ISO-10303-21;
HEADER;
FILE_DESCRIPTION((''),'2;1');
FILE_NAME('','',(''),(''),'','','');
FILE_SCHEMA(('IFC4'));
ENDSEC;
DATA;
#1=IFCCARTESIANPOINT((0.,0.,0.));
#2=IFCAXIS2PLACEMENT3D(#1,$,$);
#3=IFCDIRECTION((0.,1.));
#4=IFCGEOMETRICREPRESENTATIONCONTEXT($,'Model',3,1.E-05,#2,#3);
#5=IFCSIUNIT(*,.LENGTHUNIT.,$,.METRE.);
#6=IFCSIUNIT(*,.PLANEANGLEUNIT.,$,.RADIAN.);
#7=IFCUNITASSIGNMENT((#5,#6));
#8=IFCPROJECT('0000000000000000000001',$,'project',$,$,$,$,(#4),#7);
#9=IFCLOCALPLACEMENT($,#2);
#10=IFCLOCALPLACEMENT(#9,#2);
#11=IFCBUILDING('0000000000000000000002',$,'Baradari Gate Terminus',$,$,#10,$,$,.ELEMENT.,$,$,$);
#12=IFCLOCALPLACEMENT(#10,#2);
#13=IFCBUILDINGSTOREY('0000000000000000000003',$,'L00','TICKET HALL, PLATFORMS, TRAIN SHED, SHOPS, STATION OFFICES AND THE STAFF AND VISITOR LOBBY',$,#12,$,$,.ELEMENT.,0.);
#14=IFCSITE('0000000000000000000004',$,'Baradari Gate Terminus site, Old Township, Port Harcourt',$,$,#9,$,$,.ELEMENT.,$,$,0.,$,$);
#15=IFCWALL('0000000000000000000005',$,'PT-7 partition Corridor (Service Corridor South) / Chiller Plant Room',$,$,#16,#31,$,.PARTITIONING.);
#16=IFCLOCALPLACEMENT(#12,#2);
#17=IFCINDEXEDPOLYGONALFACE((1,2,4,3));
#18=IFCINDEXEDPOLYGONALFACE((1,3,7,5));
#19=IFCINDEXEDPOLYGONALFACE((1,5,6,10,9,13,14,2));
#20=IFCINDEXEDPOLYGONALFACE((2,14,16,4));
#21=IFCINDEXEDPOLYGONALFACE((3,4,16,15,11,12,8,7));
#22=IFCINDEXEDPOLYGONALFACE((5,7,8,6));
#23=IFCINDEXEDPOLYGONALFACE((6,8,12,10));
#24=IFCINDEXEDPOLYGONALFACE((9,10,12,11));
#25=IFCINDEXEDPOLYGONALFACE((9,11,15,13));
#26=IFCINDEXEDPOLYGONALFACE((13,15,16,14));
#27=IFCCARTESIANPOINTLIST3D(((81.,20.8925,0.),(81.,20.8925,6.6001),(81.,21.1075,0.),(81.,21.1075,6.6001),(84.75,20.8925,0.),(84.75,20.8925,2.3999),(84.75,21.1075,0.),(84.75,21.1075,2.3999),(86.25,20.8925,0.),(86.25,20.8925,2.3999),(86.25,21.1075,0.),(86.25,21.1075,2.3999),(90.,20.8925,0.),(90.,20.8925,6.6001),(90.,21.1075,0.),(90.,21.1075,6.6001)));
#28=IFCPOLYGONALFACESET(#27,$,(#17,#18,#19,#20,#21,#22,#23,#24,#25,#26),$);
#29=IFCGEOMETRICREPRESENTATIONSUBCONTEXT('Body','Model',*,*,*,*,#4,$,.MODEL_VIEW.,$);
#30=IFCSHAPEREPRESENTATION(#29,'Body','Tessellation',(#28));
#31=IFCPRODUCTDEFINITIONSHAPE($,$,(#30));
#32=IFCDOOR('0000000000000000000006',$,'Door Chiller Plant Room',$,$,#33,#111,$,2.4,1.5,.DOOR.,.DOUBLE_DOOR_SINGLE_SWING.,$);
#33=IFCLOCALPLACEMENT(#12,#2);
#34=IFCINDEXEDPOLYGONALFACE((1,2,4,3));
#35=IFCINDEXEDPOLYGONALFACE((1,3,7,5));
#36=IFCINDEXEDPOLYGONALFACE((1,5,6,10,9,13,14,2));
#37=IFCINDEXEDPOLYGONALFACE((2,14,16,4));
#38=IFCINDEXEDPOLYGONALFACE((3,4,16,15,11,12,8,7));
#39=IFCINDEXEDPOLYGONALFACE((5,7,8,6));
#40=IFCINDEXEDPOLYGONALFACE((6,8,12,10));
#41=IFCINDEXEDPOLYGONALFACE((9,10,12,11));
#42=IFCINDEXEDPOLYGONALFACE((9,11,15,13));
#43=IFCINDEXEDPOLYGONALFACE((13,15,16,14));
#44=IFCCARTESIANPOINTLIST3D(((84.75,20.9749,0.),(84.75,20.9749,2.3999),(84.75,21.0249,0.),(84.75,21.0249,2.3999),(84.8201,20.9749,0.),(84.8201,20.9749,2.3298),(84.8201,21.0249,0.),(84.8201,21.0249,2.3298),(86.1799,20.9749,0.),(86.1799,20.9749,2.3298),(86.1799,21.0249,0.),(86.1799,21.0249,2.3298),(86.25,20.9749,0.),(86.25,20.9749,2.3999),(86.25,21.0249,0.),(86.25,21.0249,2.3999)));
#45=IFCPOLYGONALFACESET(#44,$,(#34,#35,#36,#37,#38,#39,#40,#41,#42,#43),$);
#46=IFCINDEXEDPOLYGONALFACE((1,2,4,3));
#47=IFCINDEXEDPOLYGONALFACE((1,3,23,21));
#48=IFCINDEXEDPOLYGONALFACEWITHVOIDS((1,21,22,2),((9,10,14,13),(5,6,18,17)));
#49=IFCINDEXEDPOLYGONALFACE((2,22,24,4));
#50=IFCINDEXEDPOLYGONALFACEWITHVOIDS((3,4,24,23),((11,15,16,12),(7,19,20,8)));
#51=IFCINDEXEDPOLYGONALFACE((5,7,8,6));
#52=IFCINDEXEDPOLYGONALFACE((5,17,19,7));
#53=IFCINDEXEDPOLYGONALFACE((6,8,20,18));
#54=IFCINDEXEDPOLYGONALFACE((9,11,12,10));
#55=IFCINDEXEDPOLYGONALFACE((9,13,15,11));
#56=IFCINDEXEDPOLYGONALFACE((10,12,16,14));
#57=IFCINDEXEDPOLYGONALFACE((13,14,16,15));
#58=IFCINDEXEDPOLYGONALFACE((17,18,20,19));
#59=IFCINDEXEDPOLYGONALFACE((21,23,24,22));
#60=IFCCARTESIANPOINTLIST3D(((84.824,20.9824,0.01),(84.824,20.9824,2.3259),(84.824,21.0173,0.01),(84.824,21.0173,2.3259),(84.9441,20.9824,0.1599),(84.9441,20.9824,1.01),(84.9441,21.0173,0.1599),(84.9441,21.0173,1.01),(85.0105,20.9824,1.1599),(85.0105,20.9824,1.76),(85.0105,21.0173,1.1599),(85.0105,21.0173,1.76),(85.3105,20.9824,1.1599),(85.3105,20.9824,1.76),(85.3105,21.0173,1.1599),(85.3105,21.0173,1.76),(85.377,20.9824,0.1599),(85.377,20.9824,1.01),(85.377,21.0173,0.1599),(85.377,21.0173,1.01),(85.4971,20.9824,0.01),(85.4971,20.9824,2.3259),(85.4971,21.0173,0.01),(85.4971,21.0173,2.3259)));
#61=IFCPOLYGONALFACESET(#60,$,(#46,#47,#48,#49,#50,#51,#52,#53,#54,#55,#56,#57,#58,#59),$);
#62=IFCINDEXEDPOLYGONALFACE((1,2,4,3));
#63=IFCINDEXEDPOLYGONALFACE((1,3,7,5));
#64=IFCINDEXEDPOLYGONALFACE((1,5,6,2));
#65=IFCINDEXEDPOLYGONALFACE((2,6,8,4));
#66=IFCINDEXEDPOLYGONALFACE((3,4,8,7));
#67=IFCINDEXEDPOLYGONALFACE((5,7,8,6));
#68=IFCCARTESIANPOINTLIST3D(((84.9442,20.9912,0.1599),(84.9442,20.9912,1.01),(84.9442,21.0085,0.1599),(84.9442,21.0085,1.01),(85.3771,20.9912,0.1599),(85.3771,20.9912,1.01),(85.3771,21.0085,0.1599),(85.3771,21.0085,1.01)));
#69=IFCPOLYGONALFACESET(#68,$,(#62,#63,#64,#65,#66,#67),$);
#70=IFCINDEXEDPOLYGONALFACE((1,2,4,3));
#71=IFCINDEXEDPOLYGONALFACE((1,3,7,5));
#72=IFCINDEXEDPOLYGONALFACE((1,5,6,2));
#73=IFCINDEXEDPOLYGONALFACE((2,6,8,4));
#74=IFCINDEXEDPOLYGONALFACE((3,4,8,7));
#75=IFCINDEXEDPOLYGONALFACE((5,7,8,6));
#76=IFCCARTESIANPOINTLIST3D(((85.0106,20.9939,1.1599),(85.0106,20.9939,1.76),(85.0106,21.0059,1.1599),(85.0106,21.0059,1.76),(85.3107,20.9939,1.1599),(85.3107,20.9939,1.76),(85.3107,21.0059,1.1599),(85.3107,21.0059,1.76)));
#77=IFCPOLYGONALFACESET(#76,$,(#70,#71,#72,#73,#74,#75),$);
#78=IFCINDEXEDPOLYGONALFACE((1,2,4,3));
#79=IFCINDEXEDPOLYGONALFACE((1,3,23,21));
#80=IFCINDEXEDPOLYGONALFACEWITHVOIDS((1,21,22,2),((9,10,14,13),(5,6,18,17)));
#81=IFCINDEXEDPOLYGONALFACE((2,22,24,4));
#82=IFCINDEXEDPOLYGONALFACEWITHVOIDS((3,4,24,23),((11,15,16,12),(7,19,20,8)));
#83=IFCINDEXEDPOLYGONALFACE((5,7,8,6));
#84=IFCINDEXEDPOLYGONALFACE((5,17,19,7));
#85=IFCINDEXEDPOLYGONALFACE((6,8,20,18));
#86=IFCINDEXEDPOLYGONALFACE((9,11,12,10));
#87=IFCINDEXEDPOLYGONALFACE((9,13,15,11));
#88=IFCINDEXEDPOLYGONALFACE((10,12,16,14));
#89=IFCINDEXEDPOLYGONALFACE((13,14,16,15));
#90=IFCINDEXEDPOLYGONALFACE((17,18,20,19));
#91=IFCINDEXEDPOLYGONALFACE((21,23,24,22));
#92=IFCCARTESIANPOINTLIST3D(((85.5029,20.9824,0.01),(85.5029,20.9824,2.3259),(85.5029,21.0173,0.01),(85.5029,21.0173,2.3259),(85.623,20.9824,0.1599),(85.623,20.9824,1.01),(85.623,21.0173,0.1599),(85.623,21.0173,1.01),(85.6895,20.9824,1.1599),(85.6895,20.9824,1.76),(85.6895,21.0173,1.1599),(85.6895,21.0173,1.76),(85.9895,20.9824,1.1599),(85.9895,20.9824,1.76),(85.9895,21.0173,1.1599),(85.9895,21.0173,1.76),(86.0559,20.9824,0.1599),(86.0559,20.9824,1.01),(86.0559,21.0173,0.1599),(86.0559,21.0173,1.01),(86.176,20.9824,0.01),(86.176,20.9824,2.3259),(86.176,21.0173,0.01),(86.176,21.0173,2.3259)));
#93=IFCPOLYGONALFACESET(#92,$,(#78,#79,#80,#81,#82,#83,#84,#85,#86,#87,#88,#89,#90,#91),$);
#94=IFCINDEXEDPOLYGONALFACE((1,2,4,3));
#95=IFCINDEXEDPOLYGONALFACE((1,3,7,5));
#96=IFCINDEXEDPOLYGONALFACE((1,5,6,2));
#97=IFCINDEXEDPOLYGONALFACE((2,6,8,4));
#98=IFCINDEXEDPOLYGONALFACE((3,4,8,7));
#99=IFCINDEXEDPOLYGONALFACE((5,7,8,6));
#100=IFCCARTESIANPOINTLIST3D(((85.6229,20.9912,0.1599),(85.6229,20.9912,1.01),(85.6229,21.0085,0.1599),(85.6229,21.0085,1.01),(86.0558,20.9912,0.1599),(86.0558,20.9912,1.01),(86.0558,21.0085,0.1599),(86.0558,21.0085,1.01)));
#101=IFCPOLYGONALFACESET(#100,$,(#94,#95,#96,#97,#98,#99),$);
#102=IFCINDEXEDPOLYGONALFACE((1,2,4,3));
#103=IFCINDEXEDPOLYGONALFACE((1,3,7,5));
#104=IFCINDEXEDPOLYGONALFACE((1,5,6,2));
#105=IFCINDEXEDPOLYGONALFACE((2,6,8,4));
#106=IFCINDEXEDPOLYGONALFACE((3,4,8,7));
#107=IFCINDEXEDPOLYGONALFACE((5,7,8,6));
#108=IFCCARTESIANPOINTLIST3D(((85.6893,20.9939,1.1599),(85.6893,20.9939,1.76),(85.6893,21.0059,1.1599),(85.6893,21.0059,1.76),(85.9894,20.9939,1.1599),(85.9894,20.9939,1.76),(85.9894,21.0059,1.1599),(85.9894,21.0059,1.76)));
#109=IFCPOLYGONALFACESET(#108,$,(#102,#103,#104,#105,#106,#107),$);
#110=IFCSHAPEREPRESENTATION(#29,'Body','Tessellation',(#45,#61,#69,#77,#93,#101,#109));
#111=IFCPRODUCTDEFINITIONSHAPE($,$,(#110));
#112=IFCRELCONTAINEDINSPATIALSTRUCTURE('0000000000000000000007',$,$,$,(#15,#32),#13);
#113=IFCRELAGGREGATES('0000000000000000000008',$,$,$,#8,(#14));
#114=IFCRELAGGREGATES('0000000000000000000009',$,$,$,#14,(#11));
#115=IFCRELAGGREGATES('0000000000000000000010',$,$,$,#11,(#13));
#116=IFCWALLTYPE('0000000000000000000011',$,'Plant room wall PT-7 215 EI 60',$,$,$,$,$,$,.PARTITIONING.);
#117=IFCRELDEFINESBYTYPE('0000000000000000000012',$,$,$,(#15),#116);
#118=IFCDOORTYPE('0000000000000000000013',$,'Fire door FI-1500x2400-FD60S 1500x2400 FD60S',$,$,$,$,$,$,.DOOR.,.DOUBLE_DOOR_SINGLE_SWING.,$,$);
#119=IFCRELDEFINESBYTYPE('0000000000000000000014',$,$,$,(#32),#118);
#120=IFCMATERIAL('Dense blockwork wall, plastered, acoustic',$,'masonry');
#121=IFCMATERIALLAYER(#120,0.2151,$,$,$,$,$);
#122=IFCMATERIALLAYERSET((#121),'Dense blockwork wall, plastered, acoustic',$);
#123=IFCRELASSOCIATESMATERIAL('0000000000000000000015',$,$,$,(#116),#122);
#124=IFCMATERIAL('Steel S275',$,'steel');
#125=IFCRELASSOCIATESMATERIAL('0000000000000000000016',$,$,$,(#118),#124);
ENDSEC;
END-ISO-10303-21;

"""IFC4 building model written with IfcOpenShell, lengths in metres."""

from ifc_helpers import new_model, si_unit, direction, frame, frame_2d, origin, place, context, subcontext, project, spatial, polyline, rectangle, outline, extrude, material, layer, layer_set, type_object, element, fill, save


model = new_model("IFC4")

# Units and contexts
model_context = context("Model", 3, precision=1e-05, world=origin(), true_north=direction((0.0, 1.0)))
body_context = subcontext(model_context, "Body", "Model", "MODEL_VIEW")
ifc_project = project(units=[si_unit("LENGTHUNIT", "METRE"), si_unit("PLANEANGLEUNIT", "RADIAN")], contexts=[model_context])

# Site, building, storey
site_placement = place(None, origin())
site = spatial("IfcSite", under=ifc_project, at=site_placement, Name="Baradari Gate Terminus site, Old Township, Port Harcourt", CompositionType="ELEMENT", RefElevation=0.0)
building_placement = place(site_placement, origin())
building = spatial("IfcBuilding", under=site, at=building_placement, Name="Baradari Gate Terminus", CompositionType="ELEMENT")
storey_placement = place(building_placement, origin())
storey = spatial("IfcBuildingStorey", under=building, at=storey_placement, Name="L00", Description="TICKET HALL, PLATFORMS, TRAIN SHED, SHOPS, STATION OFFICES AND THE STAFF AND VISITOR LOBBY", CompositionType="ELEMENT", Elevation=0.0)

# Wall, opening, door
ifc_material_1 = material(Name="Dense blockwork wall, plastered, acoustic", Category="masonry")
ifc_layer_1 = layer(ifc_material_1, 0.2151)
ifc_layer_set_1 = layer_set([ifc_layer_1], Name="Dense blockwork wall, plastered, acoustic")
wall_type_1 = type_object("IfcWallType", Name="Plant room wall PT-7 215 EI 60", PredefinedType="PARTITIONING", material=ifc_layer_set_1)
wall_1_placement = place(storey_placement, frame((81.0, 21.0, 0.0), z_axis=(0.0, 0.0, 1.0), x_axis=(1.0, 0.0, 0.0)))
wall_1 = element("IfcWall", 1, at=wall_1_placement, inside=storey, type_object=wall_type_1, Name="PT-7 partition Corridor (Service Corridor South) / Chiller Plant Room", PredefinedType="PARTITIONING", context=body_context, shape_type="SweptSolid", body=[
    extrude(rectangle(XDim=9.0, YDim=0.2151, at=frame_2d((4.5, 0.0))), origin(), (0.0, 0.0, 1.0), 6.6001),
])
opening_1_placement = place(wall_1_placement, frame((3.75, 0.0, 0.0)))
opening_1 = element("IfcOpeningElement", 2, at=opening_1_placement, cuts=wall_1, PredefinedType="OPENING", context=body_context, shape_type="SweptSolid", body=[
    extrude(rectangle(XDim=1.5, YDim=2.3999, at=frame_2d((0.75, 1.2))), frame((0.0, 0.1174, 0.0), z_axis=(0.0, -1.0, 0.0), x_axis=(1.0, 0.0, 0.0)), (0.0, 0.0, 1.0), 0.2351),
])
ifc_material_2 = material(Name="Steel S275", Category="steel")
door_type_1 = type_object("IfcDoorType", Name="Fire door FI-1500x2400-FD60S 1500x2400 FD60S", OperationType="DOUBLE_DOOR_SINGLE_SWING", PredefinedType="DOOR", material=ifc_material_2)
door_1_placement = place(opening_1_placement, origin())
door_1 = element("IfcDoor", 3, at=door_1_placement, inside=storey, type_object=door_type_1, Name="Door Chiller Plant Room", OperationType="DOUBLE_DOOR_SINGLE_SWING", OverallHeight=2.4, OverallWidth=1.5, PredefinedType="DOOR", context=body_context, shape_type="SweptSolid", body=[
    extrude(outline(polyline([(0.0, 0.0), (0.0701, 0.0), (0.0701, 2.3298), (1.4299, 2.3298), (1.4299, 0.0), (1.5, 0.0), (1.5, 2.3999), (0.0, 2.3999), (0.0, 0.0)])), frame((0.0, 0.0249, 0.0), z_axis=(0.0, -1.0, 0.0), x_axis=(1.0, 0.0, 0.0)), (0.0, 0.0, 1.0), 0.05),
    extrude(outline(polyline([(0.074, 0.01), (0.7471, 0.01), (0.7471, 2.3259), (0.074, 2.3259), (0.074, 0.01)]), holes=[polyline([(0.1941, 0.1599), (0.627, 0.1599), (0.627, 1.01), (0.1941, 1.01), (0.1941, 0.1599)]), polyline([(0.2605, 1.1599), (0.5605, 1.1599), (0.5605, 1.76), (0.2605, 1.76), (0.2605, 1.1599)])]), frame((0.0, 0.0173, 0.0), z_axis=(0.0, -1.0, 0.0), x_axis=(1.0, 0.0, 0.0)), (0.0, 0.0, 1.0), 0.0349),
    extrude(rectangle(XDim=0.4329, YDim=0.8501, at=frame_2d((0.4106, 0.585))), frame((0.0, 0.0085, 0.0), z_axis=(0.0, -1.0, 0.0), x_axis=(1.0, 0.0, 0.0)), (0.0, 0.0, 1.0), 0.0173),
    extrude(rectangle(XDim=0.3, YDim=0.6001, at=frame_2d((0.4106, 1.46))), frame((0.0, 0.0059, 0.0), z_axis=(0.0, -1.0, 0.0), x_axis=(1.0, 0.0, 0.0)), (0.0, 0.0, 1.0), 0.012),
    extrude(outline(polyline([(0.7529, 0.01), (1.426, 0.01), (1.426, 2.3259), (0.7529, 2.3259), (0.7529, 0.01)]), holes=[polyline([(0.873, 0.1599), (1.3059, 0.1599), (1.3059, 1.01), (0.873, 1.01), (0.873, 0.1599)]), polyline([(0.9395, 1.1599), (1.2395, 1.1599), (1.2395, 1.76), (0.9395, 1.76), (0.9395, 1.1599)])]), frame((0.0, 0.0173, 0.0), z_axis=(0.0, -1.0, 0.0), x_axis=(1.0, 0.0, 0.0)), (0.0, 0.0, 1.0), 0.0349),
    extrude(rectangle(XDim=0.4329, YDim=0.8501, at=frame_2d((1.0894, 0.585))), frame((0.0, 0.0085, 0.0), z_axis=(0.0, -1.0, 0.0), x_axis=(1.0, 0.0, 0.0)), (0.0, 0.0, 1.0), 0.0173),
    extrude(rectangle(XDim=0.3, YDim=0.6001, at=frame_2d((1.0894, 1.46))), frame((0.0, 0.0059, 0.0), z_axis=(0.0, -1.0, 0.0), x_axis=(1.0, 0.0, 0.0)), (0.0, 0.0, 1.0), 0.012),
])
fill(opening_1, door_1)

save(model, "model.ifc")
